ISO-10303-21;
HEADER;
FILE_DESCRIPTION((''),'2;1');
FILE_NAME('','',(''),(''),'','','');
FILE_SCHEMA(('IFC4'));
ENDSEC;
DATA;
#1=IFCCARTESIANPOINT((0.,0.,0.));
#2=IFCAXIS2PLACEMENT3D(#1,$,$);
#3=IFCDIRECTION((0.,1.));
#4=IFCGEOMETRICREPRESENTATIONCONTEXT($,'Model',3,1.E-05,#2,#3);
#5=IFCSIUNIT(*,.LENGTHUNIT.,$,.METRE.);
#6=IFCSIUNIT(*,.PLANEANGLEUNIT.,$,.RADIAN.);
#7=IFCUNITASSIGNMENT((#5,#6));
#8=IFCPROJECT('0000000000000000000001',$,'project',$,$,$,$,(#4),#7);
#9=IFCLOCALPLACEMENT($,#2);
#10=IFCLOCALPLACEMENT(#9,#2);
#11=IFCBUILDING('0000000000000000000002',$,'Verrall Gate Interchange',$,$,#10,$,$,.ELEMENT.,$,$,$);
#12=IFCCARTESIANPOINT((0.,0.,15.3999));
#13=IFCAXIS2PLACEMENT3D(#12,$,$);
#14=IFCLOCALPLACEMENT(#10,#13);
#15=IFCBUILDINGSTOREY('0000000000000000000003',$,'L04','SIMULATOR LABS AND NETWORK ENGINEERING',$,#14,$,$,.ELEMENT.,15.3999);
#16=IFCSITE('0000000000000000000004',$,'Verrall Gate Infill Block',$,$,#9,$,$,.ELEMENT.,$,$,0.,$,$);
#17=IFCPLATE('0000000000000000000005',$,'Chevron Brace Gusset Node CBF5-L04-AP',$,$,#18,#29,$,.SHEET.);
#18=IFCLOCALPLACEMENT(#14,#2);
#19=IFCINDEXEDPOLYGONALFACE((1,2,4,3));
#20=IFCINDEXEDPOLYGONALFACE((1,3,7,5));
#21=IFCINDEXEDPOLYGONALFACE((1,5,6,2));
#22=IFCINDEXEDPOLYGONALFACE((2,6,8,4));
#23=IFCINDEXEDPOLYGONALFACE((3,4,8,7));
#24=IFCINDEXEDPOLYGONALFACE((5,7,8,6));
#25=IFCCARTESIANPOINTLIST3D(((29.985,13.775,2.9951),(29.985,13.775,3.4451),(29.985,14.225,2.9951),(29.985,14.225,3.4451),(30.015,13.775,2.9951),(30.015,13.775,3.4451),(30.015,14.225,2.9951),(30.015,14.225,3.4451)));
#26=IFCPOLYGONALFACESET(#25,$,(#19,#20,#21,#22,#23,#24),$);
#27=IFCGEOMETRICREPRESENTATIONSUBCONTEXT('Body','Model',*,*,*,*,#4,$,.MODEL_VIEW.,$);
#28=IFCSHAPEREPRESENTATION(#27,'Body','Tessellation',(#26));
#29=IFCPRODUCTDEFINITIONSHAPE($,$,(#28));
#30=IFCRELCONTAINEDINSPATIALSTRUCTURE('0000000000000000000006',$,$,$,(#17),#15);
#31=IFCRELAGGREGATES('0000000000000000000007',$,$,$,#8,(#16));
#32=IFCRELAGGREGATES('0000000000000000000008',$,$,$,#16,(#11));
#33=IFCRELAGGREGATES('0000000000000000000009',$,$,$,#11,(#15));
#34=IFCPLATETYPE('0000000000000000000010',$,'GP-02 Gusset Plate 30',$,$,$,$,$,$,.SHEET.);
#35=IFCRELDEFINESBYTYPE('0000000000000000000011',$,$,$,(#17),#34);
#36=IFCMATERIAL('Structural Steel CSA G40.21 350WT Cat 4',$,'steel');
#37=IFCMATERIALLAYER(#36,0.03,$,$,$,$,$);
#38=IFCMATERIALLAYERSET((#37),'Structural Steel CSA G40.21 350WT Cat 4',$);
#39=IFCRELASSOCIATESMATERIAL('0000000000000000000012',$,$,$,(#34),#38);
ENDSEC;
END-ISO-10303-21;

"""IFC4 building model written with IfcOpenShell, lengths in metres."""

from ifc_helpers import new_model, si_unit, direction, frame, origin, origin_2d, place, context, subcontext, project, spatial, rectangle, extrude, material, layer, layer_set, type_object, element, save


model = new_model("IFC4")

# Units and contexts
model_context = context("Model", 3, precision=1e-05, world=origin(), true_north=direction((0.0, 1.0)))
body_context = subcontext(model_context, "Body", "Model", "MODEL_VIEW")
ifc_project = project(units=[si_unit("LENGTHUNIT", "METRE"), si_unit("PLANEANGLEUNIT", "RADIAN")], contexts=[model_context])

# Site, building, storey
site_placement = place(None, origin())
site = spatial("IfcSite", under=ifc_project, at=site_placement, Name="Verrall Gate Infill Block", CompositionType="ELEMENT", RefElevation=0.0)
building_placement = place(site_placement, origin())
building = spatial("IfcBuilding", under=site, at=building_placement, Name="Verrall Gate Interchange", CompositionType="ELEMENT")
storey_placement = place(building_placement, frame((0.0, 0.0, 15.3999)))
storey = spatial("IfcBuildingStorey", under=building, at=storey_placement, Name="L04", Description="SIMULATOR LABS AND NETWORK ENGINEERING", CompositionType="ELEMENT", Elevation=15.3999)

# Plate
ifc_material_1 = material(Name="Structural Steel CSA G40.21 350WT Cat 4", Category="steel")
ifc_layer_1 = layer(ifc_material_1, 0.03)
ifc_layer_set_1 = layer_set([ifc_layer_1], Name="Structural Steel CSA G40.21 350WT Cat 4")
plate_type_1 = type_object("IfcPlateType", Name="GP-02 Gusset Plate 30", PredefinedType="SHEET", material=ifc_layer_set_1)
for number, where, z_axis, x_axis, name in (
    (1, (30.0, 14.0, 2.9951), (0.0, 0.0, 1.0), (1.0, 0.0, 0.0), "Chevron Brace Gusset Node CBF5-L04-AP"),
):
    element("IfcPlate", number, at=place(storey_placement, frame(where, z_axis=z_axis, x_axis=x_axis)), inside=storey, type_object=plate_type_1, Name=name, PredefinedType="SHEET", context=body_context, shape_type="SweptSolid", body=[
        extrude(rectangle(XDim=0.03, YDim=0.45, at=origin_2d()), origin(), (0.0, 0.0, 1.0), 0.45),
    ])

save(model, "model.ifc")
